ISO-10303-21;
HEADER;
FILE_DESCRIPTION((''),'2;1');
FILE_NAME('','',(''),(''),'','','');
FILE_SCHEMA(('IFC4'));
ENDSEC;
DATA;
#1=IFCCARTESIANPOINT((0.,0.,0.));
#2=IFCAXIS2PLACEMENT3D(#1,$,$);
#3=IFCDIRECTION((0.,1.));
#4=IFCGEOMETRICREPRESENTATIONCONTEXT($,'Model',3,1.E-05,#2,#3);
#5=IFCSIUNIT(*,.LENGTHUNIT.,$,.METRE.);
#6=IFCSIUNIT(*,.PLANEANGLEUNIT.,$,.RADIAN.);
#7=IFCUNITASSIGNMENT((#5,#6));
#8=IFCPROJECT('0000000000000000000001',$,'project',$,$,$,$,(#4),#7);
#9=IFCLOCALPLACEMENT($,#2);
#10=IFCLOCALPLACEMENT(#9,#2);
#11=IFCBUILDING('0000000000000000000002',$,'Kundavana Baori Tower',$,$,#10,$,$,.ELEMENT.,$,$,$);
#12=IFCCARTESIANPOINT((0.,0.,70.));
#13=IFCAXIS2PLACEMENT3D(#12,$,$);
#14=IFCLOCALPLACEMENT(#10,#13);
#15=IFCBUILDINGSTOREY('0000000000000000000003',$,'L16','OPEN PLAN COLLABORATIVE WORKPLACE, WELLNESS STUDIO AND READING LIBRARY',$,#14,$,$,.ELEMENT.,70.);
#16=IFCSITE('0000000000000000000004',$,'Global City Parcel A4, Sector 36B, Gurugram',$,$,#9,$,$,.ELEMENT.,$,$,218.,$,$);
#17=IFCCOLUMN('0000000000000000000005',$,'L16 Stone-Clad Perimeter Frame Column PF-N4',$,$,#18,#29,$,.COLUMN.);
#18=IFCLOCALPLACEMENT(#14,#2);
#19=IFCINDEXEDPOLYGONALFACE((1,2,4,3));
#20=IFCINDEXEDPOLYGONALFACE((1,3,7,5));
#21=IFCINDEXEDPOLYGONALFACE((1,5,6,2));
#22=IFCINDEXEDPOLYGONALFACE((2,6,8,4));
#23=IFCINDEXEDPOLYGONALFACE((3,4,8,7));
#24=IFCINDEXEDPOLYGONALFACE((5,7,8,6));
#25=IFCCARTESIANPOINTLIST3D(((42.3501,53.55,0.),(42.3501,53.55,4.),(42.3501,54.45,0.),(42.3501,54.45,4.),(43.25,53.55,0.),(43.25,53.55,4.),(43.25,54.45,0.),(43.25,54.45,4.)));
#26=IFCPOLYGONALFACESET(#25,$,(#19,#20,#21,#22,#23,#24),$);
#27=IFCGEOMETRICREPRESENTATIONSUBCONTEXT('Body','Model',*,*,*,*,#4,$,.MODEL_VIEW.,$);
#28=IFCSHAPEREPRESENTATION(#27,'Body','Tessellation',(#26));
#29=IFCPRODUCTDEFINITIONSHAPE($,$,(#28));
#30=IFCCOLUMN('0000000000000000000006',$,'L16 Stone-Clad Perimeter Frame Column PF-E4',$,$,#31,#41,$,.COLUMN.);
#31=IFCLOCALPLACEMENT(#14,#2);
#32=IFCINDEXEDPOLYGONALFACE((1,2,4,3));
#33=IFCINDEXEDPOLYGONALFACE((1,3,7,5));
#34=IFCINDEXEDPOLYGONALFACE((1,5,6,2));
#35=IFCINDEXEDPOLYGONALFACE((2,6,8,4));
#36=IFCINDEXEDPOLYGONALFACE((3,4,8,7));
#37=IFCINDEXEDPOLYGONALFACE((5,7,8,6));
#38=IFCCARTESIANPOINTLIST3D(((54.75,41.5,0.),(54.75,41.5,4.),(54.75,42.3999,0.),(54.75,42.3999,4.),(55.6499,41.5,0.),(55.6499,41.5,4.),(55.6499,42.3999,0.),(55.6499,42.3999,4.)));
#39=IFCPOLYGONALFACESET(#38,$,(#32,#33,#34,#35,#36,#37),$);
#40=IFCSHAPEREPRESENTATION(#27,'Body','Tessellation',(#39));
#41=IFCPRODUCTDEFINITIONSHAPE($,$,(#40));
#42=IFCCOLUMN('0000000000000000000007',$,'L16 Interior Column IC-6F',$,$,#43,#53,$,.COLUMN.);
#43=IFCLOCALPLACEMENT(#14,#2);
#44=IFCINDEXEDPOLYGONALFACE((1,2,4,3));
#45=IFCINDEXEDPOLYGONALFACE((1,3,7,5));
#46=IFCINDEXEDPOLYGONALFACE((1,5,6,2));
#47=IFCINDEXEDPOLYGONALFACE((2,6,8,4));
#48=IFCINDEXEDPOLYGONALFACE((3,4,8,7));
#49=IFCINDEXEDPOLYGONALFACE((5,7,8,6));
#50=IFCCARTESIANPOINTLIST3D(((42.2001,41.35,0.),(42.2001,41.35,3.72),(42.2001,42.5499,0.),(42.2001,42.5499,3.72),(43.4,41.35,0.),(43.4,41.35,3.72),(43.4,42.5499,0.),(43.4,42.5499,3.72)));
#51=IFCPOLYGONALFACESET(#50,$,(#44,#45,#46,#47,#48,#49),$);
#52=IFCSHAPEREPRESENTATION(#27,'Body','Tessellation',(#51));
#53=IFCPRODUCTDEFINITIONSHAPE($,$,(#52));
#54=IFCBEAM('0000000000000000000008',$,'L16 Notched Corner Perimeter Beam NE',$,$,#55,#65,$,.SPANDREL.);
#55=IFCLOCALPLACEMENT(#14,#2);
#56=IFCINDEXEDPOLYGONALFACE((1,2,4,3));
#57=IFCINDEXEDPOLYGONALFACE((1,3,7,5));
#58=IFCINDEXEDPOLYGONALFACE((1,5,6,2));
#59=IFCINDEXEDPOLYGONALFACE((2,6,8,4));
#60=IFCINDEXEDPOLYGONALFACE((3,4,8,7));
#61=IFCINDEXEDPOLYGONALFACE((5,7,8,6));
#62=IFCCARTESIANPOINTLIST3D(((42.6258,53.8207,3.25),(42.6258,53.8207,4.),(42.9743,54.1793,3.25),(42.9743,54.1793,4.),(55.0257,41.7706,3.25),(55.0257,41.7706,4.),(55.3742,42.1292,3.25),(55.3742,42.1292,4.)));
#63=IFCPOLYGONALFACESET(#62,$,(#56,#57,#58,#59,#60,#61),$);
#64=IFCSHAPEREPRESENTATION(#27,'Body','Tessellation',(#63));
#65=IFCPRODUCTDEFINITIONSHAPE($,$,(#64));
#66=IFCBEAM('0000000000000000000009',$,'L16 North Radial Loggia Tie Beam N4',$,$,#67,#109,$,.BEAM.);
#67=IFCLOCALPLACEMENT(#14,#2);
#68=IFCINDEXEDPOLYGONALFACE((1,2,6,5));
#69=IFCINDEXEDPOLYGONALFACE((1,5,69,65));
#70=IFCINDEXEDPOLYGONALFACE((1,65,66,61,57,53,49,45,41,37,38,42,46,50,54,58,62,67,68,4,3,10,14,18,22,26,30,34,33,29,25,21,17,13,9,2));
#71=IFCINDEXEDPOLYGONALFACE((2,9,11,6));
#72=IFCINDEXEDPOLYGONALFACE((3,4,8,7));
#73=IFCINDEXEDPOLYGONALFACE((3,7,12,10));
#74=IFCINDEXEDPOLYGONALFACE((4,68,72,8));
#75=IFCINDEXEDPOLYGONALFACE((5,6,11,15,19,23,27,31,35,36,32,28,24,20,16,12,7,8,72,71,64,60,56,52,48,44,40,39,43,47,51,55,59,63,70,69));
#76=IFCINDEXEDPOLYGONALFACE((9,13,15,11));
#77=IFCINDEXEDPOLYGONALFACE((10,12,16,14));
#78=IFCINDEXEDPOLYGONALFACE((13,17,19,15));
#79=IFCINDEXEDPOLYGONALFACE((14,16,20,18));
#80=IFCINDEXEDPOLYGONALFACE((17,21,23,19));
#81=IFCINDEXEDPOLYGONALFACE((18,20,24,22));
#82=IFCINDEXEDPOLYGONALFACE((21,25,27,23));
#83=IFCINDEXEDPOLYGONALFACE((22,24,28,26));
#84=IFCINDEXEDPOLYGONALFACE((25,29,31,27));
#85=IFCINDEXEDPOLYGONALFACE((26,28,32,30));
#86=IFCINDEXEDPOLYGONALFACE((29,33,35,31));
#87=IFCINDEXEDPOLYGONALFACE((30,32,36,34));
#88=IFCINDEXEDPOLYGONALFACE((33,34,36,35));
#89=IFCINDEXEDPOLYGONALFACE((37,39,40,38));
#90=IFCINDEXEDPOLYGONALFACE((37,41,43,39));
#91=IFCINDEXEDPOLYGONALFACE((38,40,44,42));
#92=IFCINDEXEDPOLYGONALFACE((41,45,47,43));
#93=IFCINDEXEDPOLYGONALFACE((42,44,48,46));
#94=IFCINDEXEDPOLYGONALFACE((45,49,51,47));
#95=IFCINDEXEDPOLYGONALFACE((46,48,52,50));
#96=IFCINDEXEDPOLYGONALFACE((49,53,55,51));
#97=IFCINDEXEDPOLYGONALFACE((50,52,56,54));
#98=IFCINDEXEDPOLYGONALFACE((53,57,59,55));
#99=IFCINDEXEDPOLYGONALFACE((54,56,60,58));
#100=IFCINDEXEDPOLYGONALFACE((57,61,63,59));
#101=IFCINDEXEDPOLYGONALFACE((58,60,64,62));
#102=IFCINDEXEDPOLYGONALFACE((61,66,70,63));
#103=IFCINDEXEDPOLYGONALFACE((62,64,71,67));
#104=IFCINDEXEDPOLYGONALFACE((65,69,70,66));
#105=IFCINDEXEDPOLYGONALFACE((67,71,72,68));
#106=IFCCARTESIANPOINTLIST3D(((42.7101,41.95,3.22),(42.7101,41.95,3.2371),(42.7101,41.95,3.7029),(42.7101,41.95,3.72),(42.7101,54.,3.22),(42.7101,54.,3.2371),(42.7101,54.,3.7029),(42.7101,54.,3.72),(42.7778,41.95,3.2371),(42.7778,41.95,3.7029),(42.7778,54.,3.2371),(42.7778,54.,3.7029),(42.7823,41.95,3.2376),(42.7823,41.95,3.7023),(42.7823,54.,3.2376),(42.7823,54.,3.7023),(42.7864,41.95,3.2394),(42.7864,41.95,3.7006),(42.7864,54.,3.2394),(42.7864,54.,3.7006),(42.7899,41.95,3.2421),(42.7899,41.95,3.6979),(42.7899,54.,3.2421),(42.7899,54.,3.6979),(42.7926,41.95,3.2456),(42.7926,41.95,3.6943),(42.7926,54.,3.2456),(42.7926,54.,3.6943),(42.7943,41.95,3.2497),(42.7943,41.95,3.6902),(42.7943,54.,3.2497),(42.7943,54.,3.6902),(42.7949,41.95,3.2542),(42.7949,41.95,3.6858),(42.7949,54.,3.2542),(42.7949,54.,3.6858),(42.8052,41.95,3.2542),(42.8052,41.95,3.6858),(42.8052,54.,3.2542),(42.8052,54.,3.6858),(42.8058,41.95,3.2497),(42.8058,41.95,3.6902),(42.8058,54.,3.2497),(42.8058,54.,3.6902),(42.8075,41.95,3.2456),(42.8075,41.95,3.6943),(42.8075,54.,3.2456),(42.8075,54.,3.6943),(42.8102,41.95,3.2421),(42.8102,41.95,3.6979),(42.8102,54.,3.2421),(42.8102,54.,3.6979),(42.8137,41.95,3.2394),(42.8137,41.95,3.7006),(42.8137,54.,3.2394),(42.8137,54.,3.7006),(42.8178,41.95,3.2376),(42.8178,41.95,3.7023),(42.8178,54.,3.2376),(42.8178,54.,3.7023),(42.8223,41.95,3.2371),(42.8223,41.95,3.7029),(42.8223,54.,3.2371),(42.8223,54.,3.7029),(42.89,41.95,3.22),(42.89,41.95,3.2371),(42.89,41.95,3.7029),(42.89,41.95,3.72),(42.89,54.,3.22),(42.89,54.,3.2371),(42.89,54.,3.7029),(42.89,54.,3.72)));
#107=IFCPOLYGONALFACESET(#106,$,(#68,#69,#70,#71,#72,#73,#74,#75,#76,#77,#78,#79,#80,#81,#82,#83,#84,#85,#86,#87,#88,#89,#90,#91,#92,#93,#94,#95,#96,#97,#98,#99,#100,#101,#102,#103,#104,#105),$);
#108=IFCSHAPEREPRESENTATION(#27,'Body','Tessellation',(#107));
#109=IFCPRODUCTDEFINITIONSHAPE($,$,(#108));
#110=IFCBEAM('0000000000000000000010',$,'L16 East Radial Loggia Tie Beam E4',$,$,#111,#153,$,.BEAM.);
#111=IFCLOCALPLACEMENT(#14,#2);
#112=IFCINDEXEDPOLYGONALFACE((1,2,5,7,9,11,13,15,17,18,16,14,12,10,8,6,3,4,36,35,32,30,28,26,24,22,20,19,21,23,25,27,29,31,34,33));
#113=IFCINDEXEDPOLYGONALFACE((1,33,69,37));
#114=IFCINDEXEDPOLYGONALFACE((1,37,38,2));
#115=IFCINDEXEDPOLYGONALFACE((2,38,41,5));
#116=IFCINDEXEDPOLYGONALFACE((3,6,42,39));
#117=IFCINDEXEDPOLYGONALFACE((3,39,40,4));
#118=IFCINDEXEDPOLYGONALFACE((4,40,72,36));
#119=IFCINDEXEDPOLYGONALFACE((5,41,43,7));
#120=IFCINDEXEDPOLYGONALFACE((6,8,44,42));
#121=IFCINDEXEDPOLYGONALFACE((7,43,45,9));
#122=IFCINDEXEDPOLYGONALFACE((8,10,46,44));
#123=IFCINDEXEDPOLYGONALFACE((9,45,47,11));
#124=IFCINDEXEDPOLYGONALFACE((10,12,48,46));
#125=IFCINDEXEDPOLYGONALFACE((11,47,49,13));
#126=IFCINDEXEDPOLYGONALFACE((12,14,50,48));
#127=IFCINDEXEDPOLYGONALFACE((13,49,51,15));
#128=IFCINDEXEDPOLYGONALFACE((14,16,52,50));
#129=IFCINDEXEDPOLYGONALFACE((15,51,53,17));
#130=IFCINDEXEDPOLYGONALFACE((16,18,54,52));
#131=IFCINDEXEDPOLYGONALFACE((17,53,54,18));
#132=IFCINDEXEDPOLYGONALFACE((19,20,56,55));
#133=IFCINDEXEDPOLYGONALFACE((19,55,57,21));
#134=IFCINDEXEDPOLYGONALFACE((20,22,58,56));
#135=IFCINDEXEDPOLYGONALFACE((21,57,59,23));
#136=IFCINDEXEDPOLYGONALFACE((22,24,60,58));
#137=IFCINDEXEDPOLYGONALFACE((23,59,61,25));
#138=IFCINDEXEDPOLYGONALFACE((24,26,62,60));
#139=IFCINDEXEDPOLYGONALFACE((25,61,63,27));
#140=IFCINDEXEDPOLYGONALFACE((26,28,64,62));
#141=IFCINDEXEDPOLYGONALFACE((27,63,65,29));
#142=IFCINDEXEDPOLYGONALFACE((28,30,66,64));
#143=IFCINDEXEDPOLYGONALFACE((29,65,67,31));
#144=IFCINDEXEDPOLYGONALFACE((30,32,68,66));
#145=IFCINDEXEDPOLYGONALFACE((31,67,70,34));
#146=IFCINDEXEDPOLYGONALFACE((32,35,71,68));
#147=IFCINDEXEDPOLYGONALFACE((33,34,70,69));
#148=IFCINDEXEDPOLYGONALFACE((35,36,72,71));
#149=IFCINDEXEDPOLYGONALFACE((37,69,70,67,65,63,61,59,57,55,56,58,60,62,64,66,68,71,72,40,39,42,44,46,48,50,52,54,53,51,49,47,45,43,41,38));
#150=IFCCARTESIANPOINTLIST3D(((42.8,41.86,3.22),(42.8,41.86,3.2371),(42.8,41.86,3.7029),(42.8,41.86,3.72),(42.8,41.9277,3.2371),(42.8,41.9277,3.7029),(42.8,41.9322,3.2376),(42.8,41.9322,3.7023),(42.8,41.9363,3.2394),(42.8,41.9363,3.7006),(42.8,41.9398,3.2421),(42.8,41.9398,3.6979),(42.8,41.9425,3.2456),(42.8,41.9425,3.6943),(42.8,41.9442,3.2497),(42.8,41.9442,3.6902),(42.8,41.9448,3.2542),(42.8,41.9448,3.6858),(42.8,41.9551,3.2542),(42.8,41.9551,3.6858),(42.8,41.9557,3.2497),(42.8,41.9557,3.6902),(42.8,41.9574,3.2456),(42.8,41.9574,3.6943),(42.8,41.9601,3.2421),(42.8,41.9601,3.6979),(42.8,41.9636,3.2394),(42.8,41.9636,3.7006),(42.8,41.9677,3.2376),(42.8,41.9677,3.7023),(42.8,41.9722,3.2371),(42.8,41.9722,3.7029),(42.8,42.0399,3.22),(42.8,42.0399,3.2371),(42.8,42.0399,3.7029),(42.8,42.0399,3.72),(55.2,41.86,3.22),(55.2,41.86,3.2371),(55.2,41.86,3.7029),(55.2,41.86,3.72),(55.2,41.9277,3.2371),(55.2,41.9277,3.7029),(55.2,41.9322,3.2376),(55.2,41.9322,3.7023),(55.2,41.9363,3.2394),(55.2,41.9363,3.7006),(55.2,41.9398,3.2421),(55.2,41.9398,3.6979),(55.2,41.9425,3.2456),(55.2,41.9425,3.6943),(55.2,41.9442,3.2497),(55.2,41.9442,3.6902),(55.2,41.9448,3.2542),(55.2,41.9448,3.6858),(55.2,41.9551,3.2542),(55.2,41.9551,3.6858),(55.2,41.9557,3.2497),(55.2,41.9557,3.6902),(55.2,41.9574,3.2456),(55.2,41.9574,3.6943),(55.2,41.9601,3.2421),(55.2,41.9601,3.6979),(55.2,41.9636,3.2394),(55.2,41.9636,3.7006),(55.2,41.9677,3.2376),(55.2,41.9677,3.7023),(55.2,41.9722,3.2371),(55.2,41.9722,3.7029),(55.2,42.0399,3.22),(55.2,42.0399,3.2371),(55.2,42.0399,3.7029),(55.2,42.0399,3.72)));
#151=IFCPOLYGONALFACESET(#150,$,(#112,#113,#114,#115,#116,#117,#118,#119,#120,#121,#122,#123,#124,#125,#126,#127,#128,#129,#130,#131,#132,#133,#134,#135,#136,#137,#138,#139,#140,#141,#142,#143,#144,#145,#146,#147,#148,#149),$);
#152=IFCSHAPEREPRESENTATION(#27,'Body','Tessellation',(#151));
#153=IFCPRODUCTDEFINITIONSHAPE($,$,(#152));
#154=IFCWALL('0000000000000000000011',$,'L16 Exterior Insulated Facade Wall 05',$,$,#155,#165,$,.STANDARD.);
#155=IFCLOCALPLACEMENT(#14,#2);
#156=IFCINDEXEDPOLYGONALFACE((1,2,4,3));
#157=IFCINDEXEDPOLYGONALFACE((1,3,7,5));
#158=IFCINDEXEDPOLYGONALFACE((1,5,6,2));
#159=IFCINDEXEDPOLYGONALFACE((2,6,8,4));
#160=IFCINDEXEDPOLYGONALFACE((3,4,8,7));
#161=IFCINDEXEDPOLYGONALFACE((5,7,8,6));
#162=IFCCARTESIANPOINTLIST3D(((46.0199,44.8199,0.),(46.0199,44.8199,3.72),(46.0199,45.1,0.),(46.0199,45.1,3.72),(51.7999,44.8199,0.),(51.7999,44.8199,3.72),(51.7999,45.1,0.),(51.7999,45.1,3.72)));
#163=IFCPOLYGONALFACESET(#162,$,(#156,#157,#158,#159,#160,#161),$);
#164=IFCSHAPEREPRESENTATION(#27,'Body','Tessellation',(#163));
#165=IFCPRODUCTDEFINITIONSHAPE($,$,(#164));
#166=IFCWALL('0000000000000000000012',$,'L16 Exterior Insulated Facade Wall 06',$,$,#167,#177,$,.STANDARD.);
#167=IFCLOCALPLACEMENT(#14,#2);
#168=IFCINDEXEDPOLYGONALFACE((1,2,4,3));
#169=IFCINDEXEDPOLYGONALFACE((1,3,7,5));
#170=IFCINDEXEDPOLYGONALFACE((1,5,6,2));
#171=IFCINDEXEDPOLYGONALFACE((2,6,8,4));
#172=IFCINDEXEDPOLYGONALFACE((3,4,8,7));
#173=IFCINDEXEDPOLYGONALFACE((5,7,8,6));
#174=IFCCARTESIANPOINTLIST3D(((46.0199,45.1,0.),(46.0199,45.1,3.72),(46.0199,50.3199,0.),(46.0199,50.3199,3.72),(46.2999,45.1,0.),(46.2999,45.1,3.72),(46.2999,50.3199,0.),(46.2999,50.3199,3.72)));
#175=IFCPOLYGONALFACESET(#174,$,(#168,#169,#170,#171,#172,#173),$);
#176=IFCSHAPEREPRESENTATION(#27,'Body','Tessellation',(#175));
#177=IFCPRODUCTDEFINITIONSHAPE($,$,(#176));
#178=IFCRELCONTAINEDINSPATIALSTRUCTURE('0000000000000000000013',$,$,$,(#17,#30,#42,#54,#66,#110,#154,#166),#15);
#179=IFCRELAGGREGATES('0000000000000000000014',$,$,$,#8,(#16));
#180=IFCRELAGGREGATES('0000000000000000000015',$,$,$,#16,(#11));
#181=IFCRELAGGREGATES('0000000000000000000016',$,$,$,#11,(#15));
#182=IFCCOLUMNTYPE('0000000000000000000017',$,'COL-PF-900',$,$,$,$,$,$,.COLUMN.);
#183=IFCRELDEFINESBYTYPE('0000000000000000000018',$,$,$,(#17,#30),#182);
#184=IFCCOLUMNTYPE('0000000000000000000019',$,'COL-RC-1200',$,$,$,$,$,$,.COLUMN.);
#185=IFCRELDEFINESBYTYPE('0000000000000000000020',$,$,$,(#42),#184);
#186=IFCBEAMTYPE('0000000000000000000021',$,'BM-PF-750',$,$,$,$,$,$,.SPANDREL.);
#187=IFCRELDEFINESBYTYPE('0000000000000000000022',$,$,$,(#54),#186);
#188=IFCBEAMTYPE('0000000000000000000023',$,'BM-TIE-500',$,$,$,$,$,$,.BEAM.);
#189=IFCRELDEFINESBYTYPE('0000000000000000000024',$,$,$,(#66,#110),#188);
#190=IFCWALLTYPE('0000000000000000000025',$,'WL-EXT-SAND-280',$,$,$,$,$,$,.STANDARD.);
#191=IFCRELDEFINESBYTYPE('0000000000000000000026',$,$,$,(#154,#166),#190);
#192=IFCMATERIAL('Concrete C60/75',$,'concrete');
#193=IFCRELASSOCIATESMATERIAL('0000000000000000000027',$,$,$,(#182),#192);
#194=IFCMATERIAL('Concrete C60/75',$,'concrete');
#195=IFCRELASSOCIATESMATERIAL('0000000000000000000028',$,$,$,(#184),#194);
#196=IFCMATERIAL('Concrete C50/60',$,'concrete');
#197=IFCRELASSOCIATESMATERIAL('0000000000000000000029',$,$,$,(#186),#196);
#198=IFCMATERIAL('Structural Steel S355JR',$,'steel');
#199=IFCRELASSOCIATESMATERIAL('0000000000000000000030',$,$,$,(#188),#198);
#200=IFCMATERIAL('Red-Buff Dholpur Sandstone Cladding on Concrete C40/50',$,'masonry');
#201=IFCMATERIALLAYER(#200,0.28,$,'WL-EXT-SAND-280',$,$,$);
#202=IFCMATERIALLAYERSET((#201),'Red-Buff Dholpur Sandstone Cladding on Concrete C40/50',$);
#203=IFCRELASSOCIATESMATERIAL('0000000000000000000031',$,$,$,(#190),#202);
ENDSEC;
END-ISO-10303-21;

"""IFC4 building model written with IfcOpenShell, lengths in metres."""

from ifc_helpers import new_model, si_unit, direction, frame, frame_2d, origin, origin_2d, place, context, subcontext, project, spatial, rectangle, i_section, extrude, material, layer, layer_set, material_profile, profile_set, type_object, element, save


model = new_model("IFC4")

# Units and contexts
model_context = context("Model", 3, precision=1e-05, world=origin(), true_north=direction((0.0, 1.0)))
body_context = subcontext(model_context, "Body", "Model", "MODEL_VIEW")
ifc_project = project(units=[si_unit("LENGTHUNIT", "METRE"), si_unit("PLANEANGLEUNIT", "RADIAN")], contexts=[model_context])

# Site, building, storey
site_placement = place(None, origin())
site = spatial("IfcSite", under=ifc_project, at=site_placement, Name="Global City Parcel A4, Sector 36B, Gurugram", CompositionType="ELEMENT", RefElevation=218.0)
building_placement = place(site_placement, origin())
building = spatial("IfcBuilding", under=site, at=building_placement, Name="Kundavana Baori Tower", CompositionType="ELEMENT")
storey_placement = place(building_placement, frame((0.0, 0.0, 70.0)))
storey = spatial("IfcBuildingStorey", under=building, at=storey_placement, Name="L16", Description="OPEN PLAN COLLABORATIVE WORKPLACE, WELLNESS STUDIO AND READING LIBRARY", CompositionType="ELEMENT", Elevation=70.0)

# Columns
ifc_material_1 = material(Name="Concrete C60/75", Category="concrete")
ifc_material_profile_1 = material_profile(ifc_material_1, rectangle(XDim=0.8999, YDim=0.8999, at=origin_2d()), Name="RC PF 900x900")
ifc_profile_set_1 = profile_set([ifc_material_profile_1], Name="Concrete C60/75")
column_type_1 = type_object("IfcColumnType", Name="COL-PF-900", PredefinedType="COLUMN", material=ifc_profile_set_1)
for number, where, z_axis, x_axis, name in (
    (1, (42.8, 54.0, 0.0), (0.0, 0.0, 1.0), (1.0, 0.0, 0.0), "L16 Stone-Clad Perimeter Frame Column PF-N4"),
    (2, (55.2, 41.95, 0.0), (0.0, 0.0, 1.0), (1.0, 0.0, 0.0), "L16 Stone-Clad Perimeter Frame Column PF-E4"),
):
    element("IfcColumn", number, at=place(storey_placement, frame(where, z_axis=z_axis, x_axis=x_axis)), inside=storey, type_object=column_type_1, Name=name, PredefinedType="COLUMN", context=body_context, shape_type="SweptSolid", body=[
        extrude(rectangle(XDim=0.8999, YDim=0.8999, at=origin_2d()), origin(), (0.0, 0.0, 1.0), 4.0),
    ])
ifc_material_2 = material(Name="Concrete C60/75", Category="concrete")
ifc_material_profile_2 = material_profile(ifc_material_2, rectangle(XDim=1.2, YDim=1.2, at=origin_2d()), Name="RC 1200x1200")
ifc_profile_set_2 = profile_set([ifc_material_profile_2], Name="Concrete C60/75")
column_type_2 = type_object("IfcColumnType", Name="COL-RC-1200", PredefinedType="COLUMN", material=ifc_profile_set_2)
column_placement = place(storey_placement, frame((42.8, 41.95, 0.0), z_axis=(0.0, 0.0, 1.0), x_axis=(1.0, 0.0, 0.0)))
element("IfcColumn", 3, at=column_placement, inside=storey, type_object=column_type_2, Name="L16 Interior Column IC-6F", PredefinedType="COLUMN", context=body_context, shape_type="SweptSolid", body=[
    extrude(rectangle(XDim=1.2, YDim=1.2, at=origin_2d()), origin(), (0.0, 0.0, 1.0), 3.72),
])

# Beams
ifc_material_3 = material(Name="Concrete C50/60", Category="concrete")
ifc_material_profile_3 = material_profile(ifc_material_3, rectangle(XDim=0.5, YDim=0.75, at=origin_2d()), Name="RC BM 500x750")
ifc_profile_set_3 = profile_set([ifc_material_profile_3], Name="Concrete C50/60")
beam_type_1 = type_object("IfcBeamType", Name="BM-PF-750", PredefinedType="SPANDREL", material=ifc_profile_set_3)
beam_1_placement = place(storey_placement, frame((42.8, 54.0, 3.625), z_axis=(0.717151, -0.696917, 0.0), x_axis=(0.696917, 0.717151, 0.0)))
element("IfcBeam", 4, at=beam_1_placement, inside=storey, type_object=beam_type_1, Name="L16 Notched Corner Perimeter Beam NE", PredefinedType="SPANDREL", context=body_context, shape_type="SweptSolid", body=[
    extrude(rectangle(XDim=0.5, YDim=0.75, at=origin_2d()), origin(), (0.0, 0.0, 1.0), 17.2905),
])
ifc_material_4 = material(Name="Structural Steel S355JR", Category="steel")
ifc_material_profile_4 = material_profile(ifc_material_4, i_section(OverallWidth=0.1799, OverallDepth=0.5, WebThickness=0.0103, FlangeThickness=0.0171, FilletRadius=0.0171, at=origin_2d()), Name="ISMB 500")
ifc_profile_set_4 = profile_set([ifc_material_profile_4], Name="Structural Steel S355JR")
beam_type_2 = type_object("IfcBeamType", Name="BM-TIE-500", PredefinedType="BEAM", material=ifc_profile_set_4)
beam_2_placement = place(storey_placement, frame((42.8, 41.95, 3.47), z_axis=(0.0, 1.0, 0.0), x_axis=(-1.0, 0.0, 0.0)))
element("IfcBeam", 5, at=beam_2_placement, inside=storey, type_object=beam_type_2, Name="L16 North Radial Loggia Tie Beam N4", PredefinedType="BEAM", context=body_context, shape_type="SweptSolid", body=[
    extrude(i_section(OverallWidth=0.1799, OverallDepth=0.5, WebThickness=0.0103, FlangeThickness=0.0171, FilletRadius=0.0171, at=origin_2d()), origin(), (0.0, 0.0, 1.0), 12.05),
])
beam_3_placement = place(storey_placement, frame((42.8, 41.95, 3.47), z_axis=(1.0, 0.0, 0.0), x_axis=(0.0, 1.0, 0.0)))
element("IfcBeam", 6, at=beam_3_placement, inside=storey, type_object=beam_type_2, Name="L16 East Radial Loggia Tie Beam E4", PredefinedType="BEAM", context=body_context, shape_type="SweptSolid", body=[
    extrude(i_section(OverallWidth=0.1799, OverallDepth=0.5, WebThickness=0.0103, FlangeThickness=0.0171, FilletRadius=0.0171, at=origin_2d()), origin(), (0.0, 0.0, 1.0), 12.3999),
])

# Walls
ifc_material_5 = material(Name="Red-Buff Dholpur Sandstone Cladding on Concrete C40/50", Category="masonry")
ifc_layer_1 = layer(ifc_material_5, 0.28, Name="WL-EXT-SAND-280")
ifc_layer_set_1 = layer_set([ifc_layer_1], Name="Red-Buff Dholpur Sandstone Cladding on Concrete C40/50")
wall_type_1 = type_object("IfcWallType", Name="WL-EXT-SAND-280", PredefinedType="STANDARD", material=ifc_layer_set_1)
wall_1_placement = place(storey_placement, frame((51.8, 44.96, 0.0), z_axis=(0.0, 0.0, 1.0), x_axis=(-1.0, 0.0, 0.0)))
element("IfcWall", 7, at=wall_1_placement, inside=storey, type_object=wall_type_1, Name="L16 Exterior Insulated Facade Wall 05", PredefinedType="STANDARD", context=body_context, shape_type="SweptSolid", body=[
    extrude(rectangle(XDim=5.78, YDim=0.28, at=frame_2d((2.8901, 0.0))), origin(), (0.0, 0.0, 1.0), 3.72),
])
wall_2_placement = place(storey_placement, frame((46.1599, 45.1001, 0.0), z_axis=(0.0, 0.0, 1.0), x_axis=(0.0, 1.0, 0.0)))
element("IfcWall", 8, at=wall_2_placement, inside=storey, type_object=wall_type_1, Name="L16 Exterior Insulated Facade Wall 06", PredefinedType="STANDARD", context=body_context, shape_type="SweptSolid", body=[
    extrude(rectangle(XDim=5.22, YDim=0.28, at=frame_2d((2.6099, 0.0))), origin(), (0.0, 0.0, 1.0), 3.72),
])

save(model, "model.ifc")
